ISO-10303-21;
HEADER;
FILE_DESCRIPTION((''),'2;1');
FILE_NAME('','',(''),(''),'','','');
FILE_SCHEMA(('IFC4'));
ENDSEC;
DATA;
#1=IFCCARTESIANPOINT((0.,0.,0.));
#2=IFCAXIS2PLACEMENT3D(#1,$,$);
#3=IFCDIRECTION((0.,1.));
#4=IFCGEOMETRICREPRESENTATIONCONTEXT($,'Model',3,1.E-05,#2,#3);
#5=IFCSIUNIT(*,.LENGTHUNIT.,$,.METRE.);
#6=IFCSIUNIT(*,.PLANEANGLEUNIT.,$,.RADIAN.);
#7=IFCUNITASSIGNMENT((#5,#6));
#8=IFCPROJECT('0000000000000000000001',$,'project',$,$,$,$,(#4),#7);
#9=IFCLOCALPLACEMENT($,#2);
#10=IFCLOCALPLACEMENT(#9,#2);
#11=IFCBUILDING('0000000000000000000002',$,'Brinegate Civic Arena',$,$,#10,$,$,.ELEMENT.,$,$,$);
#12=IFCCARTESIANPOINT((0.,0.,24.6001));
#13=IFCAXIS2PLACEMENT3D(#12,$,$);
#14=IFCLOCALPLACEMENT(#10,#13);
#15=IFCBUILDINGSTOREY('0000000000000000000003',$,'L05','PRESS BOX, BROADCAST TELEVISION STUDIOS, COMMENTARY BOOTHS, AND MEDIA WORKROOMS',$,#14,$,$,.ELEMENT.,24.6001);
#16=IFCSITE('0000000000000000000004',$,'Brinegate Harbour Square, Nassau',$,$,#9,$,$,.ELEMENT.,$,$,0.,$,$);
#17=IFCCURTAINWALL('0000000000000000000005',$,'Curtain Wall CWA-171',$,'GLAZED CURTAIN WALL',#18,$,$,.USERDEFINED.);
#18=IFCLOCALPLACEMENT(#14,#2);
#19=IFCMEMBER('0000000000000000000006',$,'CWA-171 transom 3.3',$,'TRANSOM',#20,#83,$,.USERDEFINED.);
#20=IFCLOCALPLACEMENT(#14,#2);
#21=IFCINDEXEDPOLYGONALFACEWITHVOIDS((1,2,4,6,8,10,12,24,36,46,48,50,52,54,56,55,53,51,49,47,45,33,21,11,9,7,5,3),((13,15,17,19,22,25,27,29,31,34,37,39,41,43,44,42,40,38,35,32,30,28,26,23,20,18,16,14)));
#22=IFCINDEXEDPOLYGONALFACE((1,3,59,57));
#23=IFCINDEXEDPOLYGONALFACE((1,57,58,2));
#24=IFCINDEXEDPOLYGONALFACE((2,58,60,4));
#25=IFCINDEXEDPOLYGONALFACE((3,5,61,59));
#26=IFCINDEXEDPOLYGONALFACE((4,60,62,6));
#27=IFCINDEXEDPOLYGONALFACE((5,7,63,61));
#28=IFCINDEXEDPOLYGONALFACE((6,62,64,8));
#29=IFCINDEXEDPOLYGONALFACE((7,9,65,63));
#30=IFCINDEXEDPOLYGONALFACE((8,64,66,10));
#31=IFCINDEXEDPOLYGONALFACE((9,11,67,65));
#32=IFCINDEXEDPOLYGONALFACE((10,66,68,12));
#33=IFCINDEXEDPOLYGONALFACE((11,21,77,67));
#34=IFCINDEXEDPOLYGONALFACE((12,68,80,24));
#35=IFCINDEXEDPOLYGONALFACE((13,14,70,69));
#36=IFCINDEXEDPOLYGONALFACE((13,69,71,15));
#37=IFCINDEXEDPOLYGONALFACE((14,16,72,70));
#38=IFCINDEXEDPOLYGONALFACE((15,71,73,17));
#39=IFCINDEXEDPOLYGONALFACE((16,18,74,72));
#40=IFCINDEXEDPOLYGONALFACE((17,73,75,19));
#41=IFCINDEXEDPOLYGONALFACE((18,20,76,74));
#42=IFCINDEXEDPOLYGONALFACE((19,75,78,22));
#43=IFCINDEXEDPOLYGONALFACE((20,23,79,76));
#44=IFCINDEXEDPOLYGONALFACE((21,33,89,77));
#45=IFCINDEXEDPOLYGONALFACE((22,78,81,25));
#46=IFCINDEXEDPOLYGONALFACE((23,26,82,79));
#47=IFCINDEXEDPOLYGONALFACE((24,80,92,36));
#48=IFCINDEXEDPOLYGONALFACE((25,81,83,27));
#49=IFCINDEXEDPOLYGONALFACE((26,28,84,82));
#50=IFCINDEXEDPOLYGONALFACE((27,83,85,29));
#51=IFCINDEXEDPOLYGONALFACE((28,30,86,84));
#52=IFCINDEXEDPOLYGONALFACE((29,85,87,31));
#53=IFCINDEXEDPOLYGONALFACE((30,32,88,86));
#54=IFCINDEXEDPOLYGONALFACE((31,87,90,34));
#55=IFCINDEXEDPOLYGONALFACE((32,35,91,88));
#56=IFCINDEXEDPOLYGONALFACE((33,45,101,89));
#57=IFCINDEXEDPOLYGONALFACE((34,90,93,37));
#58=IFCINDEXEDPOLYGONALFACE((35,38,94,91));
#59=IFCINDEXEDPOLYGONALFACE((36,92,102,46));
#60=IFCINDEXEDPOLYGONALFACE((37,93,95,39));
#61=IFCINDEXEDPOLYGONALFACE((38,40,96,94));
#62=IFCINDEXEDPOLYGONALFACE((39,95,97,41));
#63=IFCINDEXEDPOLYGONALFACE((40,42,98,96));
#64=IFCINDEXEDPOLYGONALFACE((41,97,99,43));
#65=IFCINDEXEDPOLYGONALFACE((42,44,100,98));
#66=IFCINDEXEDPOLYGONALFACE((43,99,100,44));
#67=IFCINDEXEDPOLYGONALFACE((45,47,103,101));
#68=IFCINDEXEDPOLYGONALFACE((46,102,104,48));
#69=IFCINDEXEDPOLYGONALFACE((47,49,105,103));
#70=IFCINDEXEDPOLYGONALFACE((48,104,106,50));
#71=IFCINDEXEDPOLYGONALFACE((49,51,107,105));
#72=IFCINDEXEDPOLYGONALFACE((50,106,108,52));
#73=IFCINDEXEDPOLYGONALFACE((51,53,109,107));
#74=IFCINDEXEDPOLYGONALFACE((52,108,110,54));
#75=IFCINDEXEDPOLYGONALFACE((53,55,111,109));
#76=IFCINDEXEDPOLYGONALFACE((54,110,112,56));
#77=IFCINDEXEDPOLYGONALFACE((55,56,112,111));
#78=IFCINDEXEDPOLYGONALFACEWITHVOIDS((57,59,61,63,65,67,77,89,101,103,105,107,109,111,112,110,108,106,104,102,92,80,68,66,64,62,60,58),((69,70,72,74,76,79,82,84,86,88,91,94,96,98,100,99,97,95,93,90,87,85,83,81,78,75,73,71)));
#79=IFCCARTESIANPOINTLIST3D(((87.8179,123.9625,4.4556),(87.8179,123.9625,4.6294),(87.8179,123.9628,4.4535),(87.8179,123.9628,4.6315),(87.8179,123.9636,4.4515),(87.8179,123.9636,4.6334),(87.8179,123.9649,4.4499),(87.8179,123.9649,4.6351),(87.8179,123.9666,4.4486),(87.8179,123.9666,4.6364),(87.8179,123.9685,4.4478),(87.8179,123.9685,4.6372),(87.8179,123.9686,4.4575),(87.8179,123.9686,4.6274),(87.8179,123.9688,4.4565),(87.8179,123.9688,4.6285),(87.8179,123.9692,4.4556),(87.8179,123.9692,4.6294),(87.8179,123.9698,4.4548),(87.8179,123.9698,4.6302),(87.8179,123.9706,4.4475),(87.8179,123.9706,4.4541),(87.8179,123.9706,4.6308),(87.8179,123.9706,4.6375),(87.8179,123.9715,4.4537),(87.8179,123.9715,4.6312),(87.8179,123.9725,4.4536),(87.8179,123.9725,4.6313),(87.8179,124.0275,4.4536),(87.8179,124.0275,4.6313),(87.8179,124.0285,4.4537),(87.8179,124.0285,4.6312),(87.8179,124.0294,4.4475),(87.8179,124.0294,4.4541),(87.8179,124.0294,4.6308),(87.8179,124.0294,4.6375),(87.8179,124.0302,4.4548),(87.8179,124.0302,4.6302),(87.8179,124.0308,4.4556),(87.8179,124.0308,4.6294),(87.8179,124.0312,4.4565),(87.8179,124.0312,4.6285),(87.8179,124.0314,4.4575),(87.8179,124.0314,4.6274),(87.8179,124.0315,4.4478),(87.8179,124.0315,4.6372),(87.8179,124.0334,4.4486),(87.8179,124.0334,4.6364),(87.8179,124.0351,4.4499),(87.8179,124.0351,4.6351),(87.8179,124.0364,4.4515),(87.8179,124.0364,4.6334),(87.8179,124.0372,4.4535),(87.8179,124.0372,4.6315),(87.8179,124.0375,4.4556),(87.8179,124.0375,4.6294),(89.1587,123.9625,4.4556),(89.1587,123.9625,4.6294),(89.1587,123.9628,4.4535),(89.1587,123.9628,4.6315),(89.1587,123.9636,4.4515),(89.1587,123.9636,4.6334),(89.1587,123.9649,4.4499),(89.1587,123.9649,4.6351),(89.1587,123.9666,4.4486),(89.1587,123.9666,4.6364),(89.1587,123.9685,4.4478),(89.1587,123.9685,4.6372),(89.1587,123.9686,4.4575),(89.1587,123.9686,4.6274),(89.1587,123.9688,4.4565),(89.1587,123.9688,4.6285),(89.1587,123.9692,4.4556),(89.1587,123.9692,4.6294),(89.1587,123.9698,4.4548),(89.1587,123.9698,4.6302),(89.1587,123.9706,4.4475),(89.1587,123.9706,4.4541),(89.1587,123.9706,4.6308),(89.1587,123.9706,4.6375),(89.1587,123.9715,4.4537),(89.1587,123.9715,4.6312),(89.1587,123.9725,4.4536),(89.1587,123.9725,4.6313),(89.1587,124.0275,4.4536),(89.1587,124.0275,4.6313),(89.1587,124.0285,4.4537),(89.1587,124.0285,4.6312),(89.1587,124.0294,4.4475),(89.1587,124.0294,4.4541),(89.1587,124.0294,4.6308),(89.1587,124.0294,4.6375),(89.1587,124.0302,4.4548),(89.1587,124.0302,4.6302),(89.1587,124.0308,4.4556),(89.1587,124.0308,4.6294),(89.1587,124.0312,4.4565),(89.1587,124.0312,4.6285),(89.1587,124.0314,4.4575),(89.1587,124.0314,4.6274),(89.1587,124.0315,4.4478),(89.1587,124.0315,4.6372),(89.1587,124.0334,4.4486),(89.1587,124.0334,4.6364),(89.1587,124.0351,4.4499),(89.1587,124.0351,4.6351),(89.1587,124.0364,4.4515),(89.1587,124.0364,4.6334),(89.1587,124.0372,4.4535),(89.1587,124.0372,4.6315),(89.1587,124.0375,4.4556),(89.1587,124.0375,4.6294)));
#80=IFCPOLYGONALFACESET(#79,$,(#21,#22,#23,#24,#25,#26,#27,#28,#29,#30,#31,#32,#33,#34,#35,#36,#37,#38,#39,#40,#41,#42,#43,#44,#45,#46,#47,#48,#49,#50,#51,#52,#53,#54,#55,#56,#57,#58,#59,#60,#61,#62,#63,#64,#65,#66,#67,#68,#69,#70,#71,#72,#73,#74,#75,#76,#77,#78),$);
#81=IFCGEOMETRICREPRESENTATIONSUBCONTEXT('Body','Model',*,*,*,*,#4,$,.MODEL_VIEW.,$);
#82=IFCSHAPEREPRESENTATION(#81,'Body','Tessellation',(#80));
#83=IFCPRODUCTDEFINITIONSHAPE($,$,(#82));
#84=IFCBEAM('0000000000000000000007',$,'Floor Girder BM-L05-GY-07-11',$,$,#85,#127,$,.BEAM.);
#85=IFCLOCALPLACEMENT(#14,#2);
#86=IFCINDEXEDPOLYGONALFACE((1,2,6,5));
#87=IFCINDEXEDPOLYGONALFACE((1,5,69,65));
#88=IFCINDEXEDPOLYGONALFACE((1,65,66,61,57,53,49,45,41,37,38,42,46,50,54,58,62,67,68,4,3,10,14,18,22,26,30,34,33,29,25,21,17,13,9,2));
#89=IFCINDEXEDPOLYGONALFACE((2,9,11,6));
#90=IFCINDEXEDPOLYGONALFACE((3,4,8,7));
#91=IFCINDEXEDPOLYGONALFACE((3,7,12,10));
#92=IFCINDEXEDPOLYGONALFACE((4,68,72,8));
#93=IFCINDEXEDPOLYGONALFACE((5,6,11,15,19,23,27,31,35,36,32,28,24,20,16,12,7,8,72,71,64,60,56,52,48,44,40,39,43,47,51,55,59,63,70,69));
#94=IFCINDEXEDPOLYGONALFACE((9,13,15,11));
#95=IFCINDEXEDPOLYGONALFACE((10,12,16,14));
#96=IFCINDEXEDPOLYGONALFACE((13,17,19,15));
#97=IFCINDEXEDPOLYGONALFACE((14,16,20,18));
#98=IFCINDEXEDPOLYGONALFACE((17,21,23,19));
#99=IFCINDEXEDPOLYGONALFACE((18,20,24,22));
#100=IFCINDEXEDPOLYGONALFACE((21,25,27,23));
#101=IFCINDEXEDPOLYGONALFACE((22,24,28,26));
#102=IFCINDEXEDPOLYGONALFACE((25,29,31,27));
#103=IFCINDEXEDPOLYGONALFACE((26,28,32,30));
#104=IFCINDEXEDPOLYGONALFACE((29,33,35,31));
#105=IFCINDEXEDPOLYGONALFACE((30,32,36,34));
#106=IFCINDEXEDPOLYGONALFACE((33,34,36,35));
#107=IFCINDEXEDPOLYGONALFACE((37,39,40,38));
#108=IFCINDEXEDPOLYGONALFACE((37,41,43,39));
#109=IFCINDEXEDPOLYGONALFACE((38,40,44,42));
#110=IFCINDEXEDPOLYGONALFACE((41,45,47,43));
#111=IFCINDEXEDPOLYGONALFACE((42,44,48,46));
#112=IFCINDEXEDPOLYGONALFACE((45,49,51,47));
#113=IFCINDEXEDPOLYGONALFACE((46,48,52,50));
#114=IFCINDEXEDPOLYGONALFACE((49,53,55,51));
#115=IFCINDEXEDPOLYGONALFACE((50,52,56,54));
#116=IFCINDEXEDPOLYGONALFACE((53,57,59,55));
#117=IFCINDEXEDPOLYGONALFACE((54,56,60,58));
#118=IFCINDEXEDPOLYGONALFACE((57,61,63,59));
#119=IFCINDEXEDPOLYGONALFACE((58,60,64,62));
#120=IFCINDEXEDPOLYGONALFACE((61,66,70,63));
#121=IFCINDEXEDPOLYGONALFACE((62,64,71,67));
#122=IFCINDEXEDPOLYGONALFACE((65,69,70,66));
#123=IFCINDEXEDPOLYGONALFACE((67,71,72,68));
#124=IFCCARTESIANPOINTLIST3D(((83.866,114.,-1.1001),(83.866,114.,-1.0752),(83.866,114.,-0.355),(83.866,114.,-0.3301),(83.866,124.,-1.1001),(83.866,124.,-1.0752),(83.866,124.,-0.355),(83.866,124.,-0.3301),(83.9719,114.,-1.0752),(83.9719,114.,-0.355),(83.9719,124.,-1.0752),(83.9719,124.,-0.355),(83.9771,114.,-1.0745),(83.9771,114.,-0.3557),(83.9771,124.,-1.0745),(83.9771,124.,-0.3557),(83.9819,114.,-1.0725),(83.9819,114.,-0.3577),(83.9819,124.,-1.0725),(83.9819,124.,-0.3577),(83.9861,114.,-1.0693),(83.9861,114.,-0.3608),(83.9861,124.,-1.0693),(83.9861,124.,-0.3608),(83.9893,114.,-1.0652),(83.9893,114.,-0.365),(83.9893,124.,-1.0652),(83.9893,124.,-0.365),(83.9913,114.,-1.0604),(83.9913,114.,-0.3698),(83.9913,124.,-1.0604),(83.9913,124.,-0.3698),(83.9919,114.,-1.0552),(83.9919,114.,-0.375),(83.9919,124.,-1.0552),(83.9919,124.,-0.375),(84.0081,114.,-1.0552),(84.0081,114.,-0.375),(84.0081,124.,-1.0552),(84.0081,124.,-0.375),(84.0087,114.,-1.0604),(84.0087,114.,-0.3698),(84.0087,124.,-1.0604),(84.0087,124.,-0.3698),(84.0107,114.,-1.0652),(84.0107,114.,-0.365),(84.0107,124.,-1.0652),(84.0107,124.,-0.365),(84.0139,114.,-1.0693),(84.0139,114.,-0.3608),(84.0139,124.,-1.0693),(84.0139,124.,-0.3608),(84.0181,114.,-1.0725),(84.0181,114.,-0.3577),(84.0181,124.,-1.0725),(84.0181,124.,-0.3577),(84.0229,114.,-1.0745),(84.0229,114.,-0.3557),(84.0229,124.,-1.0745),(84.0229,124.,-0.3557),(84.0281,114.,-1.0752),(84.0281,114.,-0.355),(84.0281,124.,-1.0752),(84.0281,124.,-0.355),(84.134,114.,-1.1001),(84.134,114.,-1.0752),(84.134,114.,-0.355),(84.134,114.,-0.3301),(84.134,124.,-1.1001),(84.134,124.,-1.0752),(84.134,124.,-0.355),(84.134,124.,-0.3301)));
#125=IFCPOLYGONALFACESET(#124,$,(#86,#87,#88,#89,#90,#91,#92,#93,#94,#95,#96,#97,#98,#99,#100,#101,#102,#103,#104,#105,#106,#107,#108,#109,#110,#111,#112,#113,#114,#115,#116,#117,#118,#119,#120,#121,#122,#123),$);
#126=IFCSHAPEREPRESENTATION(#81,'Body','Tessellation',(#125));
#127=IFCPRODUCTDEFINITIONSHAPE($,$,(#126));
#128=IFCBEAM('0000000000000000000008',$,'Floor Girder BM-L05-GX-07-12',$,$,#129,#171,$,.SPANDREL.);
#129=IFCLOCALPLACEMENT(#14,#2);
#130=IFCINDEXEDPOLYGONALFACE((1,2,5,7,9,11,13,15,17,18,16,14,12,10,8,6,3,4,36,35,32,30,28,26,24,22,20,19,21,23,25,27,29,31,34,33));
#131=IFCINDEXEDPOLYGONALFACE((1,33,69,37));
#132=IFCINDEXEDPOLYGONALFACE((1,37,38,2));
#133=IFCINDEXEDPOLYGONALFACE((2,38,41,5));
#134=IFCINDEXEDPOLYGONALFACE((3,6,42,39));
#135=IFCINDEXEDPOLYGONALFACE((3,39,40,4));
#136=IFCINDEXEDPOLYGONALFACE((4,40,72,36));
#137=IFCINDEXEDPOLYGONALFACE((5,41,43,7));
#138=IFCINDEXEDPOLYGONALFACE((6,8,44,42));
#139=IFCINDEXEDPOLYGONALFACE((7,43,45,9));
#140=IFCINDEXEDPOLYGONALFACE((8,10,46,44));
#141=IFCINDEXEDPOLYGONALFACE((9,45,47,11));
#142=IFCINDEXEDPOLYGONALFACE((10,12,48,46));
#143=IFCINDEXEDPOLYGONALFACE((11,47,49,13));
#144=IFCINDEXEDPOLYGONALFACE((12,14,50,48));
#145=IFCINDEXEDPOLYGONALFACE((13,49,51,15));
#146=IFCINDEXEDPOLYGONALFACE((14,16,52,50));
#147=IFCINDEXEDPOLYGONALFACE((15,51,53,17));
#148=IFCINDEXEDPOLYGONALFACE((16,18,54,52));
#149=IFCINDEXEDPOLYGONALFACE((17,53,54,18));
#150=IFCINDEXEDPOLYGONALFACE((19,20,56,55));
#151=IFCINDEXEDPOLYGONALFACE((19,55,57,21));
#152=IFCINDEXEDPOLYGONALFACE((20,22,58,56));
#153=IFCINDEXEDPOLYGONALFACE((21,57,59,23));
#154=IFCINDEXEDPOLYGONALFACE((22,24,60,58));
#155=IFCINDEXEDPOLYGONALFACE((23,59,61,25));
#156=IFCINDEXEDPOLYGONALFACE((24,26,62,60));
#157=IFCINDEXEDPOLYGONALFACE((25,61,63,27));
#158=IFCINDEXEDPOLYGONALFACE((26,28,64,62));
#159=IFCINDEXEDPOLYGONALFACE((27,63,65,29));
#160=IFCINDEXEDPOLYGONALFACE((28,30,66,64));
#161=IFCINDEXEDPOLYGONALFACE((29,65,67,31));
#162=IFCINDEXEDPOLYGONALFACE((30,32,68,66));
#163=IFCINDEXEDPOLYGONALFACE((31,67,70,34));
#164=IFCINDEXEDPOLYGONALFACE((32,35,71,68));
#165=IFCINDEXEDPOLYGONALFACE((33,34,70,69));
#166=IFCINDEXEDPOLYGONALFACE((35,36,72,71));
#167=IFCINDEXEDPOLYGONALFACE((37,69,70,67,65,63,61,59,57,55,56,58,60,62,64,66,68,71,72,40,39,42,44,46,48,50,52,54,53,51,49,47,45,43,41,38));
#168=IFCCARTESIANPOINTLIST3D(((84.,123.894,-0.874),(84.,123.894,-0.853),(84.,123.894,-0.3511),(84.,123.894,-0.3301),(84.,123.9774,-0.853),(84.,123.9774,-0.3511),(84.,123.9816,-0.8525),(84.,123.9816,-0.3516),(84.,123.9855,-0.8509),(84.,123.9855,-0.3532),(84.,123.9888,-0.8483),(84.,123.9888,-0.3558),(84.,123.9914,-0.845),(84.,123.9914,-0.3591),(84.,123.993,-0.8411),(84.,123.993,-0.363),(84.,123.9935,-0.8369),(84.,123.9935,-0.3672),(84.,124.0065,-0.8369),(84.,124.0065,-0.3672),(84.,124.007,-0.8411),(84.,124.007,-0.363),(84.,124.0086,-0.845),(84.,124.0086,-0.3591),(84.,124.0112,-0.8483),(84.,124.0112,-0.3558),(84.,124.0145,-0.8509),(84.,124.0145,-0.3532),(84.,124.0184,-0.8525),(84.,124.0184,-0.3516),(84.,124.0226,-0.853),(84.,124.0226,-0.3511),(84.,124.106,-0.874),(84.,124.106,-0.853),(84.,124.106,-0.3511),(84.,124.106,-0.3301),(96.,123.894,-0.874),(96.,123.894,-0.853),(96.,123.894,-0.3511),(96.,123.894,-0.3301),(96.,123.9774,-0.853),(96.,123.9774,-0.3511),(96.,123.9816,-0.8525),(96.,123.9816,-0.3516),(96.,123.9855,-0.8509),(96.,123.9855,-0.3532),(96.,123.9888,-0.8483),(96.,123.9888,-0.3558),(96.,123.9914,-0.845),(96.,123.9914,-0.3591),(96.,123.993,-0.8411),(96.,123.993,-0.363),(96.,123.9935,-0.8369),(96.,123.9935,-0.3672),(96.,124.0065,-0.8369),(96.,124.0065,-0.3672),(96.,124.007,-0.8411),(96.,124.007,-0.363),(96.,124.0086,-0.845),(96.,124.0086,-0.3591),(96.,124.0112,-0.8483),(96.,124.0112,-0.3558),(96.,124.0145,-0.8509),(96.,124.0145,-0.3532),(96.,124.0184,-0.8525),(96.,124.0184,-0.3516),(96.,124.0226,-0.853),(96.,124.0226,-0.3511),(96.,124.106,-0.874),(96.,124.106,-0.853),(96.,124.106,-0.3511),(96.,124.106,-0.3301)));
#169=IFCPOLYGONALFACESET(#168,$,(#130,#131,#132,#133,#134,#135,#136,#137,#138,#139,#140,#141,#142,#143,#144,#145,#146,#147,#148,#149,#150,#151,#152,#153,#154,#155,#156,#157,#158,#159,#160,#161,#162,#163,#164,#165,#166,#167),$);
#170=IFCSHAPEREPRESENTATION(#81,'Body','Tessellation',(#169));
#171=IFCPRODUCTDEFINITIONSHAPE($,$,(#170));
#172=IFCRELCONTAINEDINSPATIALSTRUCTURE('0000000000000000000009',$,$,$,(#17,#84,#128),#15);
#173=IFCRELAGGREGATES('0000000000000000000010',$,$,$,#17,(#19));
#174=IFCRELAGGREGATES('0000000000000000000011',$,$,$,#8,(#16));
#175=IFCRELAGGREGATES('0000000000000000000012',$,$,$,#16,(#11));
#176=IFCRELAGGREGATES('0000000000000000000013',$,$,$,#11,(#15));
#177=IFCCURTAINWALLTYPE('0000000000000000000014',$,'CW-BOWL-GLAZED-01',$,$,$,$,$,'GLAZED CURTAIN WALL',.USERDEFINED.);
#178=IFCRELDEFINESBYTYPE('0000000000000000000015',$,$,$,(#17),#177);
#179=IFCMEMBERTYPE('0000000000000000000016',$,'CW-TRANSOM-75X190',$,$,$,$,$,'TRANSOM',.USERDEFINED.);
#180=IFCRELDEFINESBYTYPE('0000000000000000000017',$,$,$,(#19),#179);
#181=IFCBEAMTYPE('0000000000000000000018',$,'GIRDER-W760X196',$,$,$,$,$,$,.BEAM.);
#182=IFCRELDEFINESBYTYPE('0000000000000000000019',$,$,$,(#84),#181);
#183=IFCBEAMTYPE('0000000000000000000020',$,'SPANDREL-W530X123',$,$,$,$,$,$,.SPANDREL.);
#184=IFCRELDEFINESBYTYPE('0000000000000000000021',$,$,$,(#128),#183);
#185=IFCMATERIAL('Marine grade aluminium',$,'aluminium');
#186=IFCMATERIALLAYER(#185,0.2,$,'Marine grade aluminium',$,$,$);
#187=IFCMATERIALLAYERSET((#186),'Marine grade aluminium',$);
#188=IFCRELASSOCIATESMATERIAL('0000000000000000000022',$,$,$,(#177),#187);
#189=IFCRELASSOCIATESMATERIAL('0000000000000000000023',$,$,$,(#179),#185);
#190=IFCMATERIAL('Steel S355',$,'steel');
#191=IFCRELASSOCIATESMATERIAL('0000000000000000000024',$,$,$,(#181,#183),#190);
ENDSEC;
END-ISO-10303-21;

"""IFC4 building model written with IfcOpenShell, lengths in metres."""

from ifc_helpers import new_model, si_unit, direction, frame, origin, origin_2d, place, context, subcontext, project, spatial, hollow_rectangle, i_section, extrude, material, layer, layer_set, material_profile, profile_set, type_object, element, aggregate, save


model = new_model("IFC4")

# Units and contexts
model_context = context("Model", 3, precision=1e-05, world=origin(), true_north=direction((0.0, 1.0)))
body_context = subcontext(model_context, "Body", "Model", "MODEL_VIEW")
ifc_project = project(units=[si_unit("LENGTHUNIT", "METRE"), si_unit("PLANEANGLEUNIT", "RADIAN")], contexts=[model_context])

# Site, building, storey
site_placement = place(None, origin())
site = spatial("IfcSite", under=ifc_project, at=site_placement, Name="Brinegate Harbour Square, Nassau", CompositionType="ELEMENT", RefElevation=0.0)
building_placement = place(site_placement, origin())
building = spatial("IfcBuilding", under=site, at=building_placement, Name="Brinegate Civic Arena", CompositionType="ELEMENT")
storey_placement = place(building_placement, frame((0.0, 0.0, 24.6001)))
storey = spatial("IfcBuildingStorey", under=building, at=storey_placement, Name="L05", Description="PRESS BOX, BROADCAST TELEVISION STUDIOS, COMMENTARY BOOTHS, AND MEDIA WORKROOMS", CompositionType="ELEMENT", Elevation=24.6001)

# Curtain wall, member
ifc_material_1 = material(Name="Marine grade aluminium", Category="aluminium")
ifc_layer_1 = layer(ifc_material_1, 0.2, Name="Marine grade aluminium")
ifc_layer_set_1 = layer_set([ifc_layer_1], Name="Marine grade aluminium")
curtain_wall_type = type_object("IfcCurtainWallType", Name="CW-BOWL-GLAZED-01", ElementType="GLAZED CURTAIN WALL", PredefinedType="USERDEFINED", material=ifc_layer_set_1)
curtain_wall_placement = place(storey_placement, origin())
curtain_wall = element("IfcCurtainWall", 1, at=curtain_wall_placement, inside=storey, type_object=curtain_wall_type, Name="Curtain Wall CWA-171", ObjectType="GLAZED CURTAIN WALL", PredefinedType="USERDEFINED")
ifc_material_profile_1 = material_profile(ifc_material_1, hollow_rectangle(XDim=0.075, YDim=0.1899, WallThickness=0.0061, InnerFilletRadius=0.0039, OuterFilletRadius=0.0081, at=origin_2d()), Name="TRN75X190")
ifc_profile_set_1 = profile_set([ifc_material_profile_1], Name="Marine grade aluminium")
member_type_1 = type_object("IfcMemberType", Name="CW-TRANSOM-75X190", ElementType="TRANSOM", PredefinedType="USERDEFINED", material=ifc_profile_set_1)
member_1_placement = place(storey_placement, frame((87.8179, 124.0, 4.5425), z_axis=(1.0, 0.0, 0.0), x_axis=(0.0, 1.0, 0.0)))
member_1 = element("IfcMember", 2, at=member_1_placement, type_object=member_type_1, Name="CWA-171 transom 3.3", ObjectType="TRANSOM", PredefinedType="USERDEFINED", context=body_context, shape_type="SweptSolid", body=[
    extrude(hollow_rectangle(XDim=0.075, YDim=0.1899, WallThickness=0.0061, InnerFilletRadius=0.0039, OuterFilletRadius=0.0081, at=origin_2d()), origin(), (0.0, 0.0, 1.0), 1.3408),
])

# Beams
ifc_material_2 = material(Name="Steel S355", Category="steel")
ifc_material_profile_2 = material_profile(ifc_material_2, i_section(OverallWidth=0.2681, OverallDepth=0.77, WebThickness=0.0161, FlangeThickness=0.0249, FilletRadius=0.02, at=origin_2d()), Name="W760X196")
ifc_profile_set_2 = profile_set([ifc_material_profile_2], Name="Steel S355")
beam_type_1 = type_object("IfcBeamType", Name="GIRDER-W760X196", PredefinedType="BEAM", material=ifc_profile_set_2)
beam_1_placement = place(storey_placement, frame((84.0, 114.0, -0.7151), z_axis=(0.0, 1.0, 0.0), x_axis=(-1.0, 0.0, 0.0)))
element("IfcBeam", 3, at=beam_1_placement, inside=storey, type_object=beam_type_1, Name="Floor Girder BM-L05-GY-07-11", PredefinedType="BEAM", context=body_context, shape_type="SweptSolid", body=[
    extrude(i_section(OverallWidth=0.2681, OverallDepth=0.77, WebThickness=0.0161, FlangeThickness=0.0249, FilletRadius=0.02, at=origin_2d()), origin(), (0.0, 0.0, 1.0), 10.0),
])
ifc_material_profile_3 = material_profile(ifc_material_2, i_section(OverallWidth=0.2119, OverallDepth=0.5439, WebThickness=0.0129, FlangeThickness=0.021, FilletRadius=0.0161, at=origin_2d()), Name="W530X123")
ifc_profile_set_3 = profile_set([ifc_material_profile_3], Name="Steel S355")
beam_type_2 = type_object("IfcBeamType", Name="SPANDREL-W530X123", PredefinedType="SPANDREL", material=ifc_profile_set_3)
beam_2_placement = place(storey_placement, frame((84.0, 124.0, -0.6021), z_axis=(1.0, 0.0, 0.0), x_axis=(0.0, 1.0, 0.0)))
element("IfcBeam", 4, at=beam_2_placement, inside=storey, type_object=beam_type_2, Name="Floor Girder BM-L05-GX-07-12", PredefinedType="SPANDREL", context=body_context, shape_type="SweptSolid", body=[
    extrude(i_section(OverallWidth=0.2119, OverallDepth=0.5439, WebThickness=0.0129, FlangeThickness=0.021, FilletRadius=0.0161, at=origin_2d()), origin(), (0.0, 0.0, 1.0), 12.0),
])

aggregate(curtain_wall, [member_1])

save(model, "model.ifc")
